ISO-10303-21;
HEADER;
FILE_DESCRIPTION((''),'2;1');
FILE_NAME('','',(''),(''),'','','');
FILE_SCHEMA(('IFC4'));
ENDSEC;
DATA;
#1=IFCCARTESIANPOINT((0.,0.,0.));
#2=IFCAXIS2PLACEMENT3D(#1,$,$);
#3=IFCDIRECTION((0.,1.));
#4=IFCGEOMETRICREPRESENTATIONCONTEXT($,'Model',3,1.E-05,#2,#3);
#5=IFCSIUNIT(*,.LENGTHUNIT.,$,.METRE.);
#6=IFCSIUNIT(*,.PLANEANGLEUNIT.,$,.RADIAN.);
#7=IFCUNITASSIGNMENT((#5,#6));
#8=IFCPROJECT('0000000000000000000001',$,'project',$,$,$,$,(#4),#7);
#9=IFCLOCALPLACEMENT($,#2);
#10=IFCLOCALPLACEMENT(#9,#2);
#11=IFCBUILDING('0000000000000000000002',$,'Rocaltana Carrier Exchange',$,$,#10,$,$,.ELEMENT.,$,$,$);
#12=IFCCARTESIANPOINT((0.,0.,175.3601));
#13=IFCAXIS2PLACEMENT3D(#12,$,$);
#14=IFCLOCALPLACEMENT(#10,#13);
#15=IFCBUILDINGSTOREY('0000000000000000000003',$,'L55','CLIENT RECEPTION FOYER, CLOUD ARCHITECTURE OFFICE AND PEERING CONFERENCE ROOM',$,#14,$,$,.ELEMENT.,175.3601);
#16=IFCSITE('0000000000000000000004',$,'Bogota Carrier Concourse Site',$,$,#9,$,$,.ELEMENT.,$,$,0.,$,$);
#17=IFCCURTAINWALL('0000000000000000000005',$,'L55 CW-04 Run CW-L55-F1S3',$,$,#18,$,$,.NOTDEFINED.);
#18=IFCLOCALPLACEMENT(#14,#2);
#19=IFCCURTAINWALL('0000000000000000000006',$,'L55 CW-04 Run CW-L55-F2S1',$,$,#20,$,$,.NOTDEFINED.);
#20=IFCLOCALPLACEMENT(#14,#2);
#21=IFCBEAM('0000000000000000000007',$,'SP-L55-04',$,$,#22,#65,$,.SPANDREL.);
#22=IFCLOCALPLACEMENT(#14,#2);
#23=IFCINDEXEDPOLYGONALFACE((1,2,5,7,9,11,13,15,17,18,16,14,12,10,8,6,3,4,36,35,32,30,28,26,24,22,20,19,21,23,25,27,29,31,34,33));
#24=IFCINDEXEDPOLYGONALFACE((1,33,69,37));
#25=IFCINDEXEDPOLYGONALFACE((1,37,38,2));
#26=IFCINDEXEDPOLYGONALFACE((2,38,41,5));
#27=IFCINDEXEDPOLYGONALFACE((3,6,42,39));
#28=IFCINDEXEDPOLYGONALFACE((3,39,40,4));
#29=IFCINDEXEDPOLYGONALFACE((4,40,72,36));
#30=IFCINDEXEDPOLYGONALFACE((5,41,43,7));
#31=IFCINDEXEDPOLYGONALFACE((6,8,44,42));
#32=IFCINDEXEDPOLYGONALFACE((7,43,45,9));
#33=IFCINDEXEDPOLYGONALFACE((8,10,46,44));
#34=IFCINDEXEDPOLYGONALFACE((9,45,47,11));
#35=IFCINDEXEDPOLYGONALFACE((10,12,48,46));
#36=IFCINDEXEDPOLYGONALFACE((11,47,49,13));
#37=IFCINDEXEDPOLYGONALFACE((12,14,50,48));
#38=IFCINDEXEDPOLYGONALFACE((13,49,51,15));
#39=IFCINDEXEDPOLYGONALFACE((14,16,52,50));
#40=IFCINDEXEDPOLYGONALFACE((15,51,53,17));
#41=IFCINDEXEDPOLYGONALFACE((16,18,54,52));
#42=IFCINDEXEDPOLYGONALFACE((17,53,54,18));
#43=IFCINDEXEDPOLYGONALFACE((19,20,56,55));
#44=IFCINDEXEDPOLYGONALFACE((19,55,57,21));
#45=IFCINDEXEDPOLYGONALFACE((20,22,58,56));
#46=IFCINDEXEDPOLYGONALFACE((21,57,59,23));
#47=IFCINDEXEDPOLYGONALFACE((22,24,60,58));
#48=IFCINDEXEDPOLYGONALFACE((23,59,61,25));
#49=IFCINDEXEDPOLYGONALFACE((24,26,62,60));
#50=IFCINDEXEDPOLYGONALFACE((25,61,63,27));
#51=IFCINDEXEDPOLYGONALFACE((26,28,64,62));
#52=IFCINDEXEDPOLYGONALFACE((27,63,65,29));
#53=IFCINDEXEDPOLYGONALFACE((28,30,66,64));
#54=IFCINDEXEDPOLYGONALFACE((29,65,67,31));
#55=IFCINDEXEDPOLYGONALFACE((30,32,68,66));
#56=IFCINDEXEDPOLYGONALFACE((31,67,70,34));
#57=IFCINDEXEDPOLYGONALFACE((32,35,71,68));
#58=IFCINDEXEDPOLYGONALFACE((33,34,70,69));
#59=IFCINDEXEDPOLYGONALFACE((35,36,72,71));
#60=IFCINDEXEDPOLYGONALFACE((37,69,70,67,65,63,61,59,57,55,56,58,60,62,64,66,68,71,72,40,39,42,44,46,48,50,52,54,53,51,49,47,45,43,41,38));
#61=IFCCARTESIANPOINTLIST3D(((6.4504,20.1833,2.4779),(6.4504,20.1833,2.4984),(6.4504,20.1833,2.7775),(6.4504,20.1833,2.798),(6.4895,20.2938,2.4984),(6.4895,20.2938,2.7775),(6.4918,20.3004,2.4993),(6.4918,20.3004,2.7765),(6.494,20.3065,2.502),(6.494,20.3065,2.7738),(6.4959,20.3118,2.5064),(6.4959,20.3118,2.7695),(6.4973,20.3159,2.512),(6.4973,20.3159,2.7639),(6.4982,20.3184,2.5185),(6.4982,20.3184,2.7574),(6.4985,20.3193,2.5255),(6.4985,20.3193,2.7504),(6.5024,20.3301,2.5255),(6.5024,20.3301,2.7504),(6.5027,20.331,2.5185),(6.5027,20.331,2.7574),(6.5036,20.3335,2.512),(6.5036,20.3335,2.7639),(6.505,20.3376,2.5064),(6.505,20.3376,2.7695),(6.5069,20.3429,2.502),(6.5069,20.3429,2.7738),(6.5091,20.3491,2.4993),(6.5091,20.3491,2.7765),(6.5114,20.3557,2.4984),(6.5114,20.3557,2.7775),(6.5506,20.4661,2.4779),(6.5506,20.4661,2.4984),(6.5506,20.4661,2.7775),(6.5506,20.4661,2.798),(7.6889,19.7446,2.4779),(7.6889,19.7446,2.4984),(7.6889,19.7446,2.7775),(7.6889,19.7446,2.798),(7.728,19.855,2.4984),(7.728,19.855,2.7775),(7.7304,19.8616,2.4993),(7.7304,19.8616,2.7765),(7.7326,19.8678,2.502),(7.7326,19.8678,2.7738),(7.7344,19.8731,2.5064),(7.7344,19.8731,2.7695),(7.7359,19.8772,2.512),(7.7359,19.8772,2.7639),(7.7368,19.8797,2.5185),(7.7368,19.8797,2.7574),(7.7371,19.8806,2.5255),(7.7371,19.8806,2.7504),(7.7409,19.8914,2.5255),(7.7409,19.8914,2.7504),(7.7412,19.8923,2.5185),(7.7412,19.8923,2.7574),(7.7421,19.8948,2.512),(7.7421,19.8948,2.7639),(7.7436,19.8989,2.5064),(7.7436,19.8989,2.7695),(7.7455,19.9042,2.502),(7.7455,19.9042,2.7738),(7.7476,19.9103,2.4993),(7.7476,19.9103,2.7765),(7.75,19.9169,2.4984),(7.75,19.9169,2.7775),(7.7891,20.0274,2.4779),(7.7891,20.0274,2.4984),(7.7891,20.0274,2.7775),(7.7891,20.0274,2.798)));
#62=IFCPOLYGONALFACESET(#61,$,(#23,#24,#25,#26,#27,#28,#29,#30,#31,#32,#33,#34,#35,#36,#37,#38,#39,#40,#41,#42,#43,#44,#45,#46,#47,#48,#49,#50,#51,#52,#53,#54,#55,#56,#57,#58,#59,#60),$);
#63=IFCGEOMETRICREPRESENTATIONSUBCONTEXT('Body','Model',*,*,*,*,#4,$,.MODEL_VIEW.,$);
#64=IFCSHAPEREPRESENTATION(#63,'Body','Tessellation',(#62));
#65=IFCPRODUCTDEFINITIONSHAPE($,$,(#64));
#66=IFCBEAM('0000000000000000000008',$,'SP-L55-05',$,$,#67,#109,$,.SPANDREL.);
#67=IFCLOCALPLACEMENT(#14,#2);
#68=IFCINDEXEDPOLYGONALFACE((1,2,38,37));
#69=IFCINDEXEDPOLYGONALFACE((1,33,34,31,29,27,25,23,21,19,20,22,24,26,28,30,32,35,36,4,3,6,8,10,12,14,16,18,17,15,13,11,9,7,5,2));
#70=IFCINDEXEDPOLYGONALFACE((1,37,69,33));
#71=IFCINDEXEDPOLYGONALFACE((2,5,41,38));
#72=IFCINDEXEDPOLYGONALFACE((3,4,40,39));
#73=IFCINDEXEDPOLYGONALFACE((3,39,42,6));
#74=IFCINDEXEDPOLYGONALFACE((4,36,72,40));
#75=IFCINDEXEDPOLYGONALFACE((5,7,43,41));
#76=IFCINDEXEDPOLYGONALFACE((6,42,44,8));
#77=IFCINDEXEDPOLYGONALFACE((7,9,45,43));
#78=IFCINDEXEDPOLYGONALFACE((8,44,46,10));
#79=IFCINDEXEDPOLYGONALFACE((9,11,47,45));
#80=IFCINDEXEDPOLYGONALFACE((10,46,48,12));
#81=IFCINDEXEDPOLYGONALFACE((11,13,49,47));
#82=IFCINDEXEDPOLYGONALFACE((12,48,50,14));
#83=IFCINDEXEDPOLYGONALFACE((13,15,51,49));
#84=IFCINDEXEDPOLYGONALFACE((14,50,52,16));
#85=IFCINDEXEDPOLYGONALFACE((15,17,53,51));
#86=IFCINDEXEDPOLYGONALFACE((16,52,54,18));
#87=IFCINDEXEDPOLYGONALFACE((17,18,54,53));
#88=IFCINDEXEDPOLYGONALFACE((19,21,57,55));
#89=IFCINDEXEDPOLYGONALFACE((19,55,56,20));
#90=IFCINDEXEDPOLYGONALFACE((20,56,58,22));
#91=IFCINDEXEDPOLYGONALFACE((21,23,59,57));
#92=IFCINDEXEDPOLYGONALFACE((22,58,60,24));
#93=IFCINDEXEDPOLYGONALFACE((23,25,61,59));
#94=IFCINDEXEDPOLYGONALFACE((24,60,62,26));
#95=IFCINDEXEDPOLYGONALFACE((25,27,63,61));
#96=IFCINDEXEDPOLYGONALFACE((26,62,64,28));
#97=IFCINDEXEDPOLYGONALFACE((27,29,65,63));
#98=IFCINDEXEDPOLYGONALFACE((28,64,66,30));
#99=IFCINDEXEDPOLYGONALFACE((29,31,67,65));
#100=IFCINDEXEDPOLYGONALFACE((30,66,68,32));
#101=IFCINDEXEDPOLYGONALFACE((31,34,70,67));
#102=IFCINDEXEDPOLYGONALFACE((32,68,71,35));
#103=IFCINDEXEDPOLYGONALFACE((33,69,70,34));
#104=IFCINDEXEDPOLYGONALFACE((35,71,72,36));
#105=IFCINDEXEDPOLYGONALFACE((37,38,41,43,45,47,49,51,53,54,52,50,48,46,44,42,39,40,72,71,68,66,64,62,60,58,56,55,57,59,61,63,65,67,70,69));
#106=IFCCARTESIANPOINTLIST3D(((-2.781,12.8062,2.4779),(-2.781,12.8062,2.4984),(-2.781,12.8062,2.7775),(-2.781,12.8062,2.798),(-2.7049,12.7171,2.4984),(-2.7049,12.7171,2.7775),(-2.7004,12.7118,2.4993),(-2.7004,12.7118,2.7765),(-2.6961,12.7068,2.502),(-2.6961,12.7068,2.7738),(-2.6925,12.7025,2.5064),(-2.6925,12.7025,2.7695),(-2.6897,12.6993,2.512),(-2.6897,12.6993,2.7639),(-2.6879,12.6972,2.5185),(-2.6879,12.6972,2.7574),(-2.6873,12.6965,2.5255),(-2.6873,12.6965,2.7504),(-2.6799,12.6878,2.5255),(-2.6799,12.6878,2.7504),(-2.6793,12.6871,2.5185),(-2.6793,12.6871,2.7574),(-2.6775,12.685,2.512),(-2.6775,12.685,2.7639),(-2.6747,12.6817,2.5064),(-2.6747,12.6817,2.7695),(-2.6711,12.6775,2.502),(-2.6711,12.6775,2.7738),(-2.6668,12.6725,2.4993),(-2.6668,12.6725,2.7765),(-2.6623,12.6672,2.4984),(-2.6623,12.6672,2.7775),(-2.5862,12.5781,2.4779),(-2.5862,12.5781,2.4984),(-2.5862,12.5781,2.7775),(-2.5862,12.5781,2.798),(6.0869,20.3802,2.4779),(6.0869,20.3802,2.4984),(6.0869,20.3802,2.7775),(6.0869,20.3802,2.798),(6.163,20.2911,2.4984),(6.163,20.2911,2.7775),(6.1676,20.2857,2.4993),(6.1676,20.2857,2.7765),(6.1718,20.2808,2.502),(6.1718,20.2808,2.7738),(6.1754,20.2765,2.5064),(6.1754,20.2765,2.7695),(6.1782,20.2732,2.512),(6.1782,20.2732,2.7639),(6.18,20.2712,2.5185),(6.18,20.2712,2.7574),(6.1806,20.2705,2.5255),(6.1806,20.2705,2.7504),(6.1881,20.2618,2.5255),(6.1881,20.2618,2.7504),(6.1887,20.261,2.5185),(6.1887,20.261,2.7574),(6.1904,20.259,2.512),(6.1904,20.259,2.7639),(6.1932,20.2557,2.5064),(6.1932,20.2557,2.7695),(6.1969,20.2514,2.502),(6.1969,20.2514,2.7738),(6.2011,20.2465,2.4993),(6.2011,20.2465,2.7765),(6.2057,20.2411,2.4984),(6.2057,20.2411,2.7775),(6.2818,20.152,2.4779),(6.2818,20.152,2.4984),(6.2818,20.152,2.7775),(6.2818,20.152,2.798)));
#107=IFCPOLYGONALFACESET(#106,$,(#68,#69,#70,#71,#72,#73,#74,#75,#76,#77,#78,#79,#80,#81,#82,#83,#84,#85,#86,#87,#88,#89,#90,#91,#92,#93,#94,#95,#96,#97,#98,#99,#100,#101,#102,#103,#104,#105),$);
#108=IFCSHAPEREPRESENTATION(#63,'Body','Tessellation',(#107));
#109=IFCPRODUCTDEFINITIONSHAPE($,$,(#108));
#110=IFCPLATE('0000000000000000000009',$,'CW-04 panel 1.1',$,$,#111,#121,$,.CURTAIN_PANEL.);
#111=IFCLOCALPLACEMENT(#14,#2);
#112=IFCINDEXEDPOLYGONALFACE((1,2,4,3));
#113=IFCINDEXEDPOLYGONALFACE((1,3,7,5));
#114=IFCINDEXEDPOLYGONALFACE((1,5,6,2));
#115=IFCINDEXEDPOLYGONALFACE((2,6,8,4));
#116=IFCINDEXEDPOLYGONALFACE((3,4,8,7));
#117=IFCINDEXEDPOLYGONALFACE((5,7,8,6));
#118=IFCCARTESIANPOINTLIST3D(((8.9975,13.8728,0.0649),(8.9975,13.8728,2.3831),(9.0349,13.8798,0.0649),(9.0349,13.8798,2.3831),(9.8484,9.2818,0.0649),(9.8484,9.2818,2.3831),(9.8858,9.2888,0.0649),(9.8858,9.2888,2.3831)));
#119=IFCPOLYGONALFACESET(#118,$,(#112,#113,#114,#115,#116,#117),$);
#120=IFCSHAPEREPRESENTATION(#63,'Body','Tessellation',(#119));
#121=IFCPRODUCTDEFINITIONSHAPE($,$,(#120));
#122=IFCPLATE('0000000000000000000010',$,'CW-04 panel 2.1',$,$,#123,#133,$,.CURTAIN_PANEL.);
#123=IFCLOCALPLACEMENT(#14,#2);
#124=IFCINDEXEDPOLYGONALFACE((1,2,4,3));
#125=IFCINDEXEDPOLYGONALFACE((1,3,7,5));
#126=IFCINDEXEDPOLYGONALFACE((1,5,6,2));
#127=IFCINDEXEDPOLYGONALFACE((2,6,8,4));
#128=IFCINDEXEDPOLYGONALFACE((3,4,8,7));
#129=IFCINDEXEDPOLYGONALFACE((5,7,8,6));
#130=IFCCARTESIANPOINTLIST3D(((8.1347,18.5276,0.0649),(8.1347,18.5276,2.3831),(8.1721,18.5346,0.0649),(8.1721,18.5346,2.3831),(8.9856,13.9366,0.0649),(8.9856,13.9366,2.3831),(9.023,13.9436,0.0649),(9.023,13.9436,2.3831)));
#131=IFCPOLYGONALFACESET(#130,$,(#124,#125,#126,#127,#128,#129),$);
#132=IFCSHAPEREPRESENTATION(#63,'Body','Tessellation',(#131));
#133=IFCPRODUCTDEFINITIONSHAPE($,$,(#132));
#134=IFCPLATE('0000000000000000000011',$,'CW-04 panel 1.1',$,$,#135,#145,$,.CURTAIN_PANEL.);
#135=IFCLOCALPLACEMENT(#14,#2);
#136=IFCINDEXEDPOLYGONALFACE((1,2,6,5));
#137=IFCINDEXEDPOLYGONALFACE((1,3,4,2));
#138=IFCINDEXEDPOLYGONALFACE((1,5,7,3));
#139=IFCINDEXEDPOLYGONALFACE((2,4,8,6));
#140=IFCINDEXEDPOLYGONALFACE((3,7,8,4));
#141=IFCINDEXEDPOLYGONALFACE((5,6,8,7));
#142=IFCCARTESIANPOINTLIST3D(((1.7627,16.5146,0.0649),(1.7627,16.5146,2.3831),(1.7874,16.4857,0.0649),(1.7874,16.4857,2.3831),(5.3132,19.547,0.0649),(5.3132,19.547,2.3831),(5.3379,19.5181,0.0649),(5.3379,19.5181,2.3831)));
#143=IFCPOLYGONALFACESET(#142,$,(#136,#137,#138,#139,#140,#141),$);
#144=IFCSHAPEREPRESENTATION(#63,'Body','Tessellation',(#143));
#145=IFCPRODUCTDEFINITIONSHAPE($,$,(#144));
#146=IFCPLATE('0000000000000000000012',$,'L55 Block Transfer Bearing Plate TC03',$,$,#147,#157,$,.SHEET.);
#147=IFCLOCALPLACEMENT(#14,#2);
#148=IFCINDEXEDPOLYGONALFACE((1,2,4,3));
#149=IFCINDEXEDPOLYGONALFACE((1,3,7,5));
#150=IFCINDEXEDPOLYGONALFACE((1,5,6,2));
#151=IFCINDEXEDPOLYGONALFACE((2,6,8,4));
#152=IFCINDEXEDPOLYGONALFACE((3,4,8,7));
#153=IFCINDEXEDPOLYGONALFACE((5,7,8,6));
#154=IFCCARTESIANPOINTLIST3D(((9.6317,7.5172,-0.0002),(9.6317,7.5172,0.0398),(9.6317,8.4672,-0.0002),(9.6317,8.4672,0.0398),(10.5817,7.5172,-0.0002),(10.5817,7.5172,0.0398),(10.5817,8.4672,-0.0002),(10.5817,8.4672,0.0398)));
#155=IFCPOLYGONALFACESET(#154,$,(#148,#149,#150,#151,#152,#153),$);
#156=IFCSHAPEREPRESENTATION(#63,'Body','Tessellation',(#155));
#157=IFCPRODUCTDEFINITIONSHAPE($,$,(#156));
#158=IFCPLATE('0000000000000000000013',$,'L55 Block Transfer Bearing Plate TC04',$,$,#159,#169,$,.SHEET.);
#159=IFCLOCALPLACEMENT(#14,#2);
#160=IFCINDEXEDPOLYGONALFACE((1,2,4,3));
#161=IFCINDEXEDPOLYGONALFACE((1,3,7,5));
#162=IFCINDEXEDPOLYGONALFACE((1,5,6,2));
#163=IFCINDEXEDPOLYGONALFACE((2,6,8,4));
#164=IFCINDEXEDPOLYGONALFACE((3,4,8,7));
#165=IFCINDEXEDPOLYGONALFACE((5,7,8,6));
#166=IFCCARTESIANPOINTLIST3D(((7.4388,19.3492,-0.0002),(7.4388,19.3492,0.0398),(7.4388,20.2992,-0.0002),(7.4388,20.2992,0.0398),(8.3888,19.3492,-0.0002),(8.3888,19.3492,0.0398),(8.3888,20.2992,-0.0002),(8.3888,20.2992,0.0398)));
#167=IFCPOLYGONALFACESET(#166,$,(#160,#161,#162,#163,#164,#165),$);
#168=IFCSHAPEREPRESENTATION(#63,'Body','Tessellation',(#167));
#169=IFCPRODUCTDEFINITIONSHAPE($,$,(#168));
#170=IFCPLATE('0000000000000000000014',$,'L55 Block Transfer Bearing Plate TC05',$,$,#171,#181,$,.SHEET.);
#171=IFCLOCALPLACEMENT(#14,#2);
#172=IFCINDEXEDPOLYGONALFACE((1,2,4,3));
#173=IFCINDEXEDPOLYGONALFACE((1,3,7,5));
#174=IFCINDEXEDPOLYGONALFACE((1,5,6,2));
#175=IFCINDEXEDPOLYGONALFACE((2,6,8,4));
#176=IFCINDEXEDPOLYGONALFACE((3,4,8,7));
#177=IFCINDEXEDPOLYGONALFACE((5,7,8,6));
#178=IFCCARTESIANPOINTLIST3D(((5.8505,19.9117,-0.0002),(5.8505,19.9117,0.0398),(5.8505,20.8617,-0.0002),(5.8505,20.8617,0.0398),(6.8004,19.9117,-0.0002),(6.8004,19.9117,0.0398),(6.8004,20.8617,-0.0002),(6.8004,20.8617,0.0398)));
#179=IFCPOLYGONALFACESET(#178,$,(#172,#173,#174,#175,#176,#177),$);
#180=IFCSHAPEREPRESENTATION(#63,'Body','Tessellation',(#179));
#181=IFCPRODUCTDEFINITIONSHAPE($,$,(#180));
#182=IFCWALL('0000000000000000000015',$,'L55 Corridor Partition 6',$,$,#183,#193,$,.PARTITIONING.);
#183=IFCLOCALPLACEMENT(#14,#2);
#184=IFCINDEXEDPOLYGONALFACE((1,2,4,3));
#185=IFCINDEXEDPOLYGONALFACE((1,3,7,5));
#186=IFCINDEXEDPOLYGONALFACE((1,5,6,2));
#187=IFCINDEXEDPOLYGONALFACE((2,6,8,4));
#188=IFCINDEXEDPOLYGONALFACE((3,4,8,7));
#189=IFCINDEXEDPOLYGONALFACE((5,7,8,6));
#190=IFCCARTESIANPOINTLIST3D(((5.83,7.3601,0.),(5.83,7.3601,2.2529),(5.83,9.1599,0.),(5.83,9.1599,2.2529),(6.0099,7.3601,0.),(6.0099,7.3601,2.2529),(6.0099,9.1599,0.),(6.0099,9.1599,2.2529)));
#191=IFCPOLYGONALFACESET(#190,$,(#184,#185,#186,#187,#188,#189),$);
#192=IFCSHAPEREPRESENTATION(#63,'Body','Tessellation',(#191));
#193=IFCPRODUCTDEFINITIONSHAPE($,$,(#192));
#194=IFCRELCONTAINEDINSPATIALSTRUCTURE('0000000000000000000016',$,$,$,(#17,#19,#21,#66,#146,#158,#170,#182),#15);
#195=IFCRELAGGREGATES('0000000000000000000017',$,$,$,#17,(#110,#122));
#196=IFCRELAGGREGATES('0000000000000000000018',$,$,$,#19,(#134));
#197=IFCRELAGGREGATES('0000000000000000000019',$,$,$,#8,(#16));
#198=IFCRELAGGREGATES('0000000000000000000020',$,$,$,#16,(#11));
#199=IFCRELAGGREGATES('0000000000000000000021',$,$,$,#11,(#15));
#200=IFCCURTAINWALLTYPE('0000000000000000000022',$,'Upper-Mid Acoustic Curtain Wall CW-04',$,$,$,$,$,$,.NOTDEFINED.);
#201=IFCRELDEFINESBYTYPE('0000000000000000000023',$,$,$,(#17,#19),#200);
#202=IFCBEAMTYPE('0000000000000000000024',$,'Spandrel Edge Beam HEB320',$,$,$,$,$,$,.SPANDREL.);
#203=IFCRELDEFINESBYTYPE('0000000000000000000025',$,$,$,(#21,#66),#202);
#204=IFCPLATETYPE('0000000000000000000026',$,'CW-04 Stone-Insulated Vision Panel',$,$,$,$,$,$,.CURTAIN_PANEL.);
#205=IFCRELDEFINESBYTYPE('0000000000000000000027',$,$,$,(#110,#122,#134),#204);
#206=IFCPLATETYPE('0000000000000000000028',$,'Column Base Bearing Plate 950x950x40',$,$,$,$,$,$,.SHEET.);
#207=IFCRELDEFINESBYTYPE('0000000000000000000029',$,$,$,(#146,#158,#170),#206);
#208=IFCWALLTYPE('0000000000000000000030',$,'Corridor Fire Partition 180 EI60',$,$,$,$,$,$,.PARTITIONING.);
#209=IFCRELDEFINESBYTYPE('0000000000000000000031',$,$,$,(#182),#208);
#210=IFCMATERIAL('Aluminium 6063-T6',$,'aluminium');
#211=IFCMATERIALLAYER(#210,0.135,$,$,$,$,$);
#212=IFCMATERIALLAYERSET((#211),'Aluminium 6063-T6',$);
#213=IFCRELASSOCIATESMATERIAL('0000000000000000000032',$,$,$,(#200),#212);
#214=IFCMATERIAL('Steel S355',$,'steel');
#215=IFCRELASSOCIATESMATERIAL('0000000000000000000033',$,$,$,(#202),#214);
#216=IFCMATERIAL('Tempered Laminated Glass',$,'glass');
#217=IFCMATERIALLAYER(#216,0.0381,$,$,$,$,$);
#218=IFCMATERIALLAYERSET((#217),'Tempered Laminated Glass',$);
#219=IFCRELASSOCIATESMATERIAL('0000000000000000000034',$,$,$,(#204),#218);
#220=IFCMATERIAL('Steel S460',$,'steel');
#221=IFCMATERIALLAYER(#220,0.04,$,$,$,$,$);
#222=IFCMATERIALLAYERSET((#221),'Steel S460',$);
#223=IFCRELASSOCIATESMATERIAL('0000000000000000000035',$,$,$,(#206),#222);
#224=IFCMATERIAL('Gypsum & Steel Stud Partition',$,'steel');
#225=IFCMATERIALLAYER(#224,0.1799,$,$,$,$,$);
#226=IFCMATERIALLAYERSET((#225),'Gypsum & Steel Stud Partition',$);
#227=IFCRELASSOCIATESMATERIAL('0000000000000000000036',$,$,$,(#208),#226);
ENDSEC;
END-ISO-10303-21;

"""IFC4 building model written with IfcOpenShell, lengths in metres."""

from ifc_helpers import new_model, si_unit, direction, frame, frame_2d, origin, origin_2d, place, context, subcontext, project, spatial, rectangle, i_section, extrude, material, layer, layer_set, material_profile, profile_set, type_object, element, aggregate, save


model = new_model("IFC4")

# Units and contexts
model_context = context("Model", 3, precision=1e-05, world=origin(), true_north=direction((0.0, 1.0)))
body_context = subcontext(model_context, "Body", "Model", "MODEL_VIEW")
ifc_project = project(units=[si_unit("LENGTHUNIT", "METRE"), si_unit("PLANEANGLEUNIT", "RADIAN")], contexts=[model_context])

# Site, building, storey
site_placement = place(None, origin())
site = spatial("IfcSite", under=ifc_project, at=site_placement, Name="Bogota Carrier Concourse Site", CompositionType="ELEMENT", RefElevation=0.0)
building_placement = place(site_placement, origin())
building = spatial("IfcBuilding", under=site, at=building_placement, Name="Rocaltana Carrier Exchange", CompositionType="ELEMENT")
storey_placement = place(building_placement, frame((0.0, 0.0, 175.3601)))
storey = spatial("IfcBuildingStorey", under=building, at=storey_placement, Name="L55", Description="CLIENT RECEPTION FOYER, CLOUD ARCHITECTURE OFFICE AND PEERING CONFERENCE ROOM", CompositionType="ELEMENT", Elevation=175.3601)

# Curtain walls
ifc_material_1 = material(Name="Aluminium 6063-T6", Category="aluminium")
ifc_layer_1 = layer(ifc_material_1, 0.135)
ifc_layer_set_1 = layer_set([ifc_layer_1], Name="Aluminium 6063-T6")
curtain_wall_type = type_object("IfcCurtainWallType", Name="Upper-Mid Acoustic Curtain Wall CW-04", PredefinedType="NOTDEFINED", material=ifc_layer_set_1)
curtain_wall_1_placement = place(storey_placement, origin())
curtain_wall_1 = element("IfcCurtainWall", 1, at=curtain_wall_1_placement, inside=storey, type_object=curtain_wall_type, Name="L55 CW-04 Run CW-L55-F1S3", PredefinedType="NOTDEFINED")
curtain_wall_2_placement = place(storey_placement, origin())
curtain_wall_2 = element("IfcCurtainWall", 2, at=curtain_wall_2_placement, inside=storey, type_object=curtain_wall_type, Name="L55 CW-04 Run CW-L55-F2S1", PredefinedType="NOTDEFINED")

# Beams
ifc_material_2 = material(Name="Steel S355", Category="steel")
ifc_material_profile_1 = material_profile(ifc_material_2, i_section(OverallWidth=0.3, OverallDepth=0.3201, WebThickness=0.0115, FlangeThickness=0.0205, FilletRadius=0.0271, at=origin_2d()), Name="HEB320")
ifc_profile_set_1 = profile_set([ifc_material_profile_1], Name="Steel S355")
beam_type_1 = type_object("IfcBeamType", Name="Spandrel Edge Beam HEB320", PredefinedType="SPANDREL", material=ifc_profile_set_1)
beam_1_placement = place(storey_placement, frame((7.739, 19.886, 2.6379), z_axis=(-0.942609, 0.333899, 0.0), x_axis=(-0.333899, -0.942609, 0.0)))
element("IfcBeam", 3, at=beam_1_placement, inside=storey, type_object=beam_type_1, Name="SP-L55-04", PredefinedType="SPANDREL", context=body_context, shape_type="SweptSolid", body=[
    extrude(i_section(OverallWidth=0.3, OverallDepth=0.3201, WebThickness=0.0115, FlangeThickness=0.0205, FilletRadius=0.0271, at=origin_2d()), origin(), (0.0, 0.0, 1.0), 1.314),
])
beam_2_placement = place(storey_placement, frame((6.1843, 20.2661, 2.6379), z_axis=(-0.760404, -0.649451, 0.0), x_axis=(0.649451, -0.760404, 0.0)))
element("IfcBeam", 4, at=beam_2_placement, inside=storey, type_object=beam_type_1, Name="SP-L55-05", PredefinedType="SPANDREL", context=body_context, shape_type="SweptSolid", body=[
    extrude(i_section(OverallWidth=0.3, OverallDepth=0.3201, WebThickness=0.0115, FlangeThickness=0.0205, FilletRadius=0.0271, at=origin_2d()), origin(), (0.0, 0.0, 1.0), 11.6621),
])

# Plates
ifc_material_3 = material(Name="Tempered Laminated Glass", Category="glass")
ifc_layer_2 = layer(ifc_material_3, 0.0381)
ifc_layer_set_2 = layer_set([ifc_layer_2], Name="Tempered Laminated Glass")
plate_type_1 = type_object("IfcPlateType", Name="CW-04 Stone-Insulated Vision Panel", PredefinedType="CURTAIN_PANEL", material=ifc_layer_set_2)
plate_1_placement = place(storey_placement, frame((9.4417, 11.5808, 0.0649), z_axis=(0.0, 0.0, 1.0), x_axis=(-0.182236, 0.983255, 0.0)))
plate_1 = element("IfcPlate", 5, at=plate_1_placement, type_object=plate_type_1, Name="CW-04 panel 1.1", PredefinedType="CURTAIN_PANEL", context=body_context, shape_type="SweptSolid", body=[
    extrude(rectangle(XDim=4.6692, YDim=0.0381, at=origin_2d()), origin(), (0.0, 0.0, 1.0), 2.3181),
])
plate_2_placement = place(storey_placement, frame((8.5789, 16.2356, 0.0649), z_axis=(0.0, 0.0, 1.0), x_axis=(-0.182236, 0.983255, 0.0)))
plate_2 = element("IfcPlate", 6, at=plate_2_placement, type_object=plate_type_1, Name="CW-04 panel 2.1", PredefinedType="CURTAIN_PANEL", context=body_context, shape_type="SweptSolid", body=[
    extrude(rectangle(XDim=4.6692, YDim=0.0381, at=origin_2d()), origin(), (0.0, 0.0, 1.0), 2.3181),
])
aggregate(curtain_wall_1, [plate_1, plate_2])
plate_3_placement = place(storey_placement, frame((3.5503, 18.0164, 0.0649), z_axis=(0.0, 0.0, 1.0), x_axis=(-0.760406, -0.649448, 0.0)))
plate_3 = element("IfcPlate", 7, at=plate_3_placement, type_object=plate_type_1, Name="CW-04 panel 1.1", PredefinedType="CURTAIN_PANEL", context=body_context, shape_type="SweptSolid", body=[
    extrude(rectangle(XDim=4.6692, YDim=0.0381, at=origin_2d()), origin(), (0.0, 0.0, 1.0), 2.3181),
])
aggregate(curtain_wall_2, [plate_3])

# Plates
ifc_material_4 = material(Name="Steel S460", Category="steel")
ifc_layer_3 = layer(ifc_material_4, 0.04)
ifc_layer_set_3 = layer_set([ifc_layer_3], Name="Steel S460")
plate_type_2 = type_object("IfcPlateType", Name="Column Base Bearing Plate 950x950x40", PredefinedType="SHEET", material=ifc_layer_set_3)
for number, where, z_axis, x_axis, name in (
    (8, (10.1067, 7.9922, -0.0002), (0.0, 0.0, 1.0), (1.0, 0.0, 0.0), "L55 Block Transfer Bearing Plate TC03"),
    (9, (7.9138, 19.8242, -0.0002), (0.0, 0.0, 1.0), (1.0, 0.0, 0.0), "L55 Block Transfer Bearing Plate TC04"),
    (10, (6.3254, 20.3867, -0.0002), (0.0, 0.0, 1.0), (1.0, 0.0, 0.0), "L55 Block Transfer Bearing Plate TC05"),
):
    element("IfcPlate", number, at=place(storey_placement, frame(where, z_axis=z_axis, x_axis=x_axis)), inside=storey, type_object=plate_type_2, Name=name, PredefinedType="SHEET", context=body_context, shape_type="SweptSolid", body=[
        extrude(rectangle(XDim=0.95, YDim=0.95, at=origin_2d()), origin(), (0.0, 0.0, 1.0), 0.04),
    ])

# Wall
ifc_material_5 = material(Name="Gypsum & Steel Stud Partition", Category="steel")
ifc_layer_4 = layer(ifc_material_5, 0.1799)
ifc_layer_set_4 = layer_set([ifc_layer_4], Name="Gypsum & Steel Stud Partition")
wall_type_1 = type_object("IfcWallType", Name="Corridor Fire Partition 180 EI60", PredefinedType="PARTITIONING", material=ifc_layer_set_4)
wall_1_placement = place(storey_placement, frame((5.9199, 9.1599, 0.0), z_axis=(0.0, 0.0, 1.0), x_axis=(0.0, -1.0, 0.0)))
element("IfcWall", 11, at=wall_1_placement, inside=storey, type_object=wall_type_1, Name="L55 Corridor Partition 6", PredefinedType="PARTITIONING", context=body_context, shape_type="SweptSolid", body=[
    extrude(rectangle(XDim=1.7998, YDim=0.1799, at=frame_2d((0.8999, 0.0))), origin(), (0.0, 0.0, 1.0), 2.2529),
])

save(model, "model.ifc")
